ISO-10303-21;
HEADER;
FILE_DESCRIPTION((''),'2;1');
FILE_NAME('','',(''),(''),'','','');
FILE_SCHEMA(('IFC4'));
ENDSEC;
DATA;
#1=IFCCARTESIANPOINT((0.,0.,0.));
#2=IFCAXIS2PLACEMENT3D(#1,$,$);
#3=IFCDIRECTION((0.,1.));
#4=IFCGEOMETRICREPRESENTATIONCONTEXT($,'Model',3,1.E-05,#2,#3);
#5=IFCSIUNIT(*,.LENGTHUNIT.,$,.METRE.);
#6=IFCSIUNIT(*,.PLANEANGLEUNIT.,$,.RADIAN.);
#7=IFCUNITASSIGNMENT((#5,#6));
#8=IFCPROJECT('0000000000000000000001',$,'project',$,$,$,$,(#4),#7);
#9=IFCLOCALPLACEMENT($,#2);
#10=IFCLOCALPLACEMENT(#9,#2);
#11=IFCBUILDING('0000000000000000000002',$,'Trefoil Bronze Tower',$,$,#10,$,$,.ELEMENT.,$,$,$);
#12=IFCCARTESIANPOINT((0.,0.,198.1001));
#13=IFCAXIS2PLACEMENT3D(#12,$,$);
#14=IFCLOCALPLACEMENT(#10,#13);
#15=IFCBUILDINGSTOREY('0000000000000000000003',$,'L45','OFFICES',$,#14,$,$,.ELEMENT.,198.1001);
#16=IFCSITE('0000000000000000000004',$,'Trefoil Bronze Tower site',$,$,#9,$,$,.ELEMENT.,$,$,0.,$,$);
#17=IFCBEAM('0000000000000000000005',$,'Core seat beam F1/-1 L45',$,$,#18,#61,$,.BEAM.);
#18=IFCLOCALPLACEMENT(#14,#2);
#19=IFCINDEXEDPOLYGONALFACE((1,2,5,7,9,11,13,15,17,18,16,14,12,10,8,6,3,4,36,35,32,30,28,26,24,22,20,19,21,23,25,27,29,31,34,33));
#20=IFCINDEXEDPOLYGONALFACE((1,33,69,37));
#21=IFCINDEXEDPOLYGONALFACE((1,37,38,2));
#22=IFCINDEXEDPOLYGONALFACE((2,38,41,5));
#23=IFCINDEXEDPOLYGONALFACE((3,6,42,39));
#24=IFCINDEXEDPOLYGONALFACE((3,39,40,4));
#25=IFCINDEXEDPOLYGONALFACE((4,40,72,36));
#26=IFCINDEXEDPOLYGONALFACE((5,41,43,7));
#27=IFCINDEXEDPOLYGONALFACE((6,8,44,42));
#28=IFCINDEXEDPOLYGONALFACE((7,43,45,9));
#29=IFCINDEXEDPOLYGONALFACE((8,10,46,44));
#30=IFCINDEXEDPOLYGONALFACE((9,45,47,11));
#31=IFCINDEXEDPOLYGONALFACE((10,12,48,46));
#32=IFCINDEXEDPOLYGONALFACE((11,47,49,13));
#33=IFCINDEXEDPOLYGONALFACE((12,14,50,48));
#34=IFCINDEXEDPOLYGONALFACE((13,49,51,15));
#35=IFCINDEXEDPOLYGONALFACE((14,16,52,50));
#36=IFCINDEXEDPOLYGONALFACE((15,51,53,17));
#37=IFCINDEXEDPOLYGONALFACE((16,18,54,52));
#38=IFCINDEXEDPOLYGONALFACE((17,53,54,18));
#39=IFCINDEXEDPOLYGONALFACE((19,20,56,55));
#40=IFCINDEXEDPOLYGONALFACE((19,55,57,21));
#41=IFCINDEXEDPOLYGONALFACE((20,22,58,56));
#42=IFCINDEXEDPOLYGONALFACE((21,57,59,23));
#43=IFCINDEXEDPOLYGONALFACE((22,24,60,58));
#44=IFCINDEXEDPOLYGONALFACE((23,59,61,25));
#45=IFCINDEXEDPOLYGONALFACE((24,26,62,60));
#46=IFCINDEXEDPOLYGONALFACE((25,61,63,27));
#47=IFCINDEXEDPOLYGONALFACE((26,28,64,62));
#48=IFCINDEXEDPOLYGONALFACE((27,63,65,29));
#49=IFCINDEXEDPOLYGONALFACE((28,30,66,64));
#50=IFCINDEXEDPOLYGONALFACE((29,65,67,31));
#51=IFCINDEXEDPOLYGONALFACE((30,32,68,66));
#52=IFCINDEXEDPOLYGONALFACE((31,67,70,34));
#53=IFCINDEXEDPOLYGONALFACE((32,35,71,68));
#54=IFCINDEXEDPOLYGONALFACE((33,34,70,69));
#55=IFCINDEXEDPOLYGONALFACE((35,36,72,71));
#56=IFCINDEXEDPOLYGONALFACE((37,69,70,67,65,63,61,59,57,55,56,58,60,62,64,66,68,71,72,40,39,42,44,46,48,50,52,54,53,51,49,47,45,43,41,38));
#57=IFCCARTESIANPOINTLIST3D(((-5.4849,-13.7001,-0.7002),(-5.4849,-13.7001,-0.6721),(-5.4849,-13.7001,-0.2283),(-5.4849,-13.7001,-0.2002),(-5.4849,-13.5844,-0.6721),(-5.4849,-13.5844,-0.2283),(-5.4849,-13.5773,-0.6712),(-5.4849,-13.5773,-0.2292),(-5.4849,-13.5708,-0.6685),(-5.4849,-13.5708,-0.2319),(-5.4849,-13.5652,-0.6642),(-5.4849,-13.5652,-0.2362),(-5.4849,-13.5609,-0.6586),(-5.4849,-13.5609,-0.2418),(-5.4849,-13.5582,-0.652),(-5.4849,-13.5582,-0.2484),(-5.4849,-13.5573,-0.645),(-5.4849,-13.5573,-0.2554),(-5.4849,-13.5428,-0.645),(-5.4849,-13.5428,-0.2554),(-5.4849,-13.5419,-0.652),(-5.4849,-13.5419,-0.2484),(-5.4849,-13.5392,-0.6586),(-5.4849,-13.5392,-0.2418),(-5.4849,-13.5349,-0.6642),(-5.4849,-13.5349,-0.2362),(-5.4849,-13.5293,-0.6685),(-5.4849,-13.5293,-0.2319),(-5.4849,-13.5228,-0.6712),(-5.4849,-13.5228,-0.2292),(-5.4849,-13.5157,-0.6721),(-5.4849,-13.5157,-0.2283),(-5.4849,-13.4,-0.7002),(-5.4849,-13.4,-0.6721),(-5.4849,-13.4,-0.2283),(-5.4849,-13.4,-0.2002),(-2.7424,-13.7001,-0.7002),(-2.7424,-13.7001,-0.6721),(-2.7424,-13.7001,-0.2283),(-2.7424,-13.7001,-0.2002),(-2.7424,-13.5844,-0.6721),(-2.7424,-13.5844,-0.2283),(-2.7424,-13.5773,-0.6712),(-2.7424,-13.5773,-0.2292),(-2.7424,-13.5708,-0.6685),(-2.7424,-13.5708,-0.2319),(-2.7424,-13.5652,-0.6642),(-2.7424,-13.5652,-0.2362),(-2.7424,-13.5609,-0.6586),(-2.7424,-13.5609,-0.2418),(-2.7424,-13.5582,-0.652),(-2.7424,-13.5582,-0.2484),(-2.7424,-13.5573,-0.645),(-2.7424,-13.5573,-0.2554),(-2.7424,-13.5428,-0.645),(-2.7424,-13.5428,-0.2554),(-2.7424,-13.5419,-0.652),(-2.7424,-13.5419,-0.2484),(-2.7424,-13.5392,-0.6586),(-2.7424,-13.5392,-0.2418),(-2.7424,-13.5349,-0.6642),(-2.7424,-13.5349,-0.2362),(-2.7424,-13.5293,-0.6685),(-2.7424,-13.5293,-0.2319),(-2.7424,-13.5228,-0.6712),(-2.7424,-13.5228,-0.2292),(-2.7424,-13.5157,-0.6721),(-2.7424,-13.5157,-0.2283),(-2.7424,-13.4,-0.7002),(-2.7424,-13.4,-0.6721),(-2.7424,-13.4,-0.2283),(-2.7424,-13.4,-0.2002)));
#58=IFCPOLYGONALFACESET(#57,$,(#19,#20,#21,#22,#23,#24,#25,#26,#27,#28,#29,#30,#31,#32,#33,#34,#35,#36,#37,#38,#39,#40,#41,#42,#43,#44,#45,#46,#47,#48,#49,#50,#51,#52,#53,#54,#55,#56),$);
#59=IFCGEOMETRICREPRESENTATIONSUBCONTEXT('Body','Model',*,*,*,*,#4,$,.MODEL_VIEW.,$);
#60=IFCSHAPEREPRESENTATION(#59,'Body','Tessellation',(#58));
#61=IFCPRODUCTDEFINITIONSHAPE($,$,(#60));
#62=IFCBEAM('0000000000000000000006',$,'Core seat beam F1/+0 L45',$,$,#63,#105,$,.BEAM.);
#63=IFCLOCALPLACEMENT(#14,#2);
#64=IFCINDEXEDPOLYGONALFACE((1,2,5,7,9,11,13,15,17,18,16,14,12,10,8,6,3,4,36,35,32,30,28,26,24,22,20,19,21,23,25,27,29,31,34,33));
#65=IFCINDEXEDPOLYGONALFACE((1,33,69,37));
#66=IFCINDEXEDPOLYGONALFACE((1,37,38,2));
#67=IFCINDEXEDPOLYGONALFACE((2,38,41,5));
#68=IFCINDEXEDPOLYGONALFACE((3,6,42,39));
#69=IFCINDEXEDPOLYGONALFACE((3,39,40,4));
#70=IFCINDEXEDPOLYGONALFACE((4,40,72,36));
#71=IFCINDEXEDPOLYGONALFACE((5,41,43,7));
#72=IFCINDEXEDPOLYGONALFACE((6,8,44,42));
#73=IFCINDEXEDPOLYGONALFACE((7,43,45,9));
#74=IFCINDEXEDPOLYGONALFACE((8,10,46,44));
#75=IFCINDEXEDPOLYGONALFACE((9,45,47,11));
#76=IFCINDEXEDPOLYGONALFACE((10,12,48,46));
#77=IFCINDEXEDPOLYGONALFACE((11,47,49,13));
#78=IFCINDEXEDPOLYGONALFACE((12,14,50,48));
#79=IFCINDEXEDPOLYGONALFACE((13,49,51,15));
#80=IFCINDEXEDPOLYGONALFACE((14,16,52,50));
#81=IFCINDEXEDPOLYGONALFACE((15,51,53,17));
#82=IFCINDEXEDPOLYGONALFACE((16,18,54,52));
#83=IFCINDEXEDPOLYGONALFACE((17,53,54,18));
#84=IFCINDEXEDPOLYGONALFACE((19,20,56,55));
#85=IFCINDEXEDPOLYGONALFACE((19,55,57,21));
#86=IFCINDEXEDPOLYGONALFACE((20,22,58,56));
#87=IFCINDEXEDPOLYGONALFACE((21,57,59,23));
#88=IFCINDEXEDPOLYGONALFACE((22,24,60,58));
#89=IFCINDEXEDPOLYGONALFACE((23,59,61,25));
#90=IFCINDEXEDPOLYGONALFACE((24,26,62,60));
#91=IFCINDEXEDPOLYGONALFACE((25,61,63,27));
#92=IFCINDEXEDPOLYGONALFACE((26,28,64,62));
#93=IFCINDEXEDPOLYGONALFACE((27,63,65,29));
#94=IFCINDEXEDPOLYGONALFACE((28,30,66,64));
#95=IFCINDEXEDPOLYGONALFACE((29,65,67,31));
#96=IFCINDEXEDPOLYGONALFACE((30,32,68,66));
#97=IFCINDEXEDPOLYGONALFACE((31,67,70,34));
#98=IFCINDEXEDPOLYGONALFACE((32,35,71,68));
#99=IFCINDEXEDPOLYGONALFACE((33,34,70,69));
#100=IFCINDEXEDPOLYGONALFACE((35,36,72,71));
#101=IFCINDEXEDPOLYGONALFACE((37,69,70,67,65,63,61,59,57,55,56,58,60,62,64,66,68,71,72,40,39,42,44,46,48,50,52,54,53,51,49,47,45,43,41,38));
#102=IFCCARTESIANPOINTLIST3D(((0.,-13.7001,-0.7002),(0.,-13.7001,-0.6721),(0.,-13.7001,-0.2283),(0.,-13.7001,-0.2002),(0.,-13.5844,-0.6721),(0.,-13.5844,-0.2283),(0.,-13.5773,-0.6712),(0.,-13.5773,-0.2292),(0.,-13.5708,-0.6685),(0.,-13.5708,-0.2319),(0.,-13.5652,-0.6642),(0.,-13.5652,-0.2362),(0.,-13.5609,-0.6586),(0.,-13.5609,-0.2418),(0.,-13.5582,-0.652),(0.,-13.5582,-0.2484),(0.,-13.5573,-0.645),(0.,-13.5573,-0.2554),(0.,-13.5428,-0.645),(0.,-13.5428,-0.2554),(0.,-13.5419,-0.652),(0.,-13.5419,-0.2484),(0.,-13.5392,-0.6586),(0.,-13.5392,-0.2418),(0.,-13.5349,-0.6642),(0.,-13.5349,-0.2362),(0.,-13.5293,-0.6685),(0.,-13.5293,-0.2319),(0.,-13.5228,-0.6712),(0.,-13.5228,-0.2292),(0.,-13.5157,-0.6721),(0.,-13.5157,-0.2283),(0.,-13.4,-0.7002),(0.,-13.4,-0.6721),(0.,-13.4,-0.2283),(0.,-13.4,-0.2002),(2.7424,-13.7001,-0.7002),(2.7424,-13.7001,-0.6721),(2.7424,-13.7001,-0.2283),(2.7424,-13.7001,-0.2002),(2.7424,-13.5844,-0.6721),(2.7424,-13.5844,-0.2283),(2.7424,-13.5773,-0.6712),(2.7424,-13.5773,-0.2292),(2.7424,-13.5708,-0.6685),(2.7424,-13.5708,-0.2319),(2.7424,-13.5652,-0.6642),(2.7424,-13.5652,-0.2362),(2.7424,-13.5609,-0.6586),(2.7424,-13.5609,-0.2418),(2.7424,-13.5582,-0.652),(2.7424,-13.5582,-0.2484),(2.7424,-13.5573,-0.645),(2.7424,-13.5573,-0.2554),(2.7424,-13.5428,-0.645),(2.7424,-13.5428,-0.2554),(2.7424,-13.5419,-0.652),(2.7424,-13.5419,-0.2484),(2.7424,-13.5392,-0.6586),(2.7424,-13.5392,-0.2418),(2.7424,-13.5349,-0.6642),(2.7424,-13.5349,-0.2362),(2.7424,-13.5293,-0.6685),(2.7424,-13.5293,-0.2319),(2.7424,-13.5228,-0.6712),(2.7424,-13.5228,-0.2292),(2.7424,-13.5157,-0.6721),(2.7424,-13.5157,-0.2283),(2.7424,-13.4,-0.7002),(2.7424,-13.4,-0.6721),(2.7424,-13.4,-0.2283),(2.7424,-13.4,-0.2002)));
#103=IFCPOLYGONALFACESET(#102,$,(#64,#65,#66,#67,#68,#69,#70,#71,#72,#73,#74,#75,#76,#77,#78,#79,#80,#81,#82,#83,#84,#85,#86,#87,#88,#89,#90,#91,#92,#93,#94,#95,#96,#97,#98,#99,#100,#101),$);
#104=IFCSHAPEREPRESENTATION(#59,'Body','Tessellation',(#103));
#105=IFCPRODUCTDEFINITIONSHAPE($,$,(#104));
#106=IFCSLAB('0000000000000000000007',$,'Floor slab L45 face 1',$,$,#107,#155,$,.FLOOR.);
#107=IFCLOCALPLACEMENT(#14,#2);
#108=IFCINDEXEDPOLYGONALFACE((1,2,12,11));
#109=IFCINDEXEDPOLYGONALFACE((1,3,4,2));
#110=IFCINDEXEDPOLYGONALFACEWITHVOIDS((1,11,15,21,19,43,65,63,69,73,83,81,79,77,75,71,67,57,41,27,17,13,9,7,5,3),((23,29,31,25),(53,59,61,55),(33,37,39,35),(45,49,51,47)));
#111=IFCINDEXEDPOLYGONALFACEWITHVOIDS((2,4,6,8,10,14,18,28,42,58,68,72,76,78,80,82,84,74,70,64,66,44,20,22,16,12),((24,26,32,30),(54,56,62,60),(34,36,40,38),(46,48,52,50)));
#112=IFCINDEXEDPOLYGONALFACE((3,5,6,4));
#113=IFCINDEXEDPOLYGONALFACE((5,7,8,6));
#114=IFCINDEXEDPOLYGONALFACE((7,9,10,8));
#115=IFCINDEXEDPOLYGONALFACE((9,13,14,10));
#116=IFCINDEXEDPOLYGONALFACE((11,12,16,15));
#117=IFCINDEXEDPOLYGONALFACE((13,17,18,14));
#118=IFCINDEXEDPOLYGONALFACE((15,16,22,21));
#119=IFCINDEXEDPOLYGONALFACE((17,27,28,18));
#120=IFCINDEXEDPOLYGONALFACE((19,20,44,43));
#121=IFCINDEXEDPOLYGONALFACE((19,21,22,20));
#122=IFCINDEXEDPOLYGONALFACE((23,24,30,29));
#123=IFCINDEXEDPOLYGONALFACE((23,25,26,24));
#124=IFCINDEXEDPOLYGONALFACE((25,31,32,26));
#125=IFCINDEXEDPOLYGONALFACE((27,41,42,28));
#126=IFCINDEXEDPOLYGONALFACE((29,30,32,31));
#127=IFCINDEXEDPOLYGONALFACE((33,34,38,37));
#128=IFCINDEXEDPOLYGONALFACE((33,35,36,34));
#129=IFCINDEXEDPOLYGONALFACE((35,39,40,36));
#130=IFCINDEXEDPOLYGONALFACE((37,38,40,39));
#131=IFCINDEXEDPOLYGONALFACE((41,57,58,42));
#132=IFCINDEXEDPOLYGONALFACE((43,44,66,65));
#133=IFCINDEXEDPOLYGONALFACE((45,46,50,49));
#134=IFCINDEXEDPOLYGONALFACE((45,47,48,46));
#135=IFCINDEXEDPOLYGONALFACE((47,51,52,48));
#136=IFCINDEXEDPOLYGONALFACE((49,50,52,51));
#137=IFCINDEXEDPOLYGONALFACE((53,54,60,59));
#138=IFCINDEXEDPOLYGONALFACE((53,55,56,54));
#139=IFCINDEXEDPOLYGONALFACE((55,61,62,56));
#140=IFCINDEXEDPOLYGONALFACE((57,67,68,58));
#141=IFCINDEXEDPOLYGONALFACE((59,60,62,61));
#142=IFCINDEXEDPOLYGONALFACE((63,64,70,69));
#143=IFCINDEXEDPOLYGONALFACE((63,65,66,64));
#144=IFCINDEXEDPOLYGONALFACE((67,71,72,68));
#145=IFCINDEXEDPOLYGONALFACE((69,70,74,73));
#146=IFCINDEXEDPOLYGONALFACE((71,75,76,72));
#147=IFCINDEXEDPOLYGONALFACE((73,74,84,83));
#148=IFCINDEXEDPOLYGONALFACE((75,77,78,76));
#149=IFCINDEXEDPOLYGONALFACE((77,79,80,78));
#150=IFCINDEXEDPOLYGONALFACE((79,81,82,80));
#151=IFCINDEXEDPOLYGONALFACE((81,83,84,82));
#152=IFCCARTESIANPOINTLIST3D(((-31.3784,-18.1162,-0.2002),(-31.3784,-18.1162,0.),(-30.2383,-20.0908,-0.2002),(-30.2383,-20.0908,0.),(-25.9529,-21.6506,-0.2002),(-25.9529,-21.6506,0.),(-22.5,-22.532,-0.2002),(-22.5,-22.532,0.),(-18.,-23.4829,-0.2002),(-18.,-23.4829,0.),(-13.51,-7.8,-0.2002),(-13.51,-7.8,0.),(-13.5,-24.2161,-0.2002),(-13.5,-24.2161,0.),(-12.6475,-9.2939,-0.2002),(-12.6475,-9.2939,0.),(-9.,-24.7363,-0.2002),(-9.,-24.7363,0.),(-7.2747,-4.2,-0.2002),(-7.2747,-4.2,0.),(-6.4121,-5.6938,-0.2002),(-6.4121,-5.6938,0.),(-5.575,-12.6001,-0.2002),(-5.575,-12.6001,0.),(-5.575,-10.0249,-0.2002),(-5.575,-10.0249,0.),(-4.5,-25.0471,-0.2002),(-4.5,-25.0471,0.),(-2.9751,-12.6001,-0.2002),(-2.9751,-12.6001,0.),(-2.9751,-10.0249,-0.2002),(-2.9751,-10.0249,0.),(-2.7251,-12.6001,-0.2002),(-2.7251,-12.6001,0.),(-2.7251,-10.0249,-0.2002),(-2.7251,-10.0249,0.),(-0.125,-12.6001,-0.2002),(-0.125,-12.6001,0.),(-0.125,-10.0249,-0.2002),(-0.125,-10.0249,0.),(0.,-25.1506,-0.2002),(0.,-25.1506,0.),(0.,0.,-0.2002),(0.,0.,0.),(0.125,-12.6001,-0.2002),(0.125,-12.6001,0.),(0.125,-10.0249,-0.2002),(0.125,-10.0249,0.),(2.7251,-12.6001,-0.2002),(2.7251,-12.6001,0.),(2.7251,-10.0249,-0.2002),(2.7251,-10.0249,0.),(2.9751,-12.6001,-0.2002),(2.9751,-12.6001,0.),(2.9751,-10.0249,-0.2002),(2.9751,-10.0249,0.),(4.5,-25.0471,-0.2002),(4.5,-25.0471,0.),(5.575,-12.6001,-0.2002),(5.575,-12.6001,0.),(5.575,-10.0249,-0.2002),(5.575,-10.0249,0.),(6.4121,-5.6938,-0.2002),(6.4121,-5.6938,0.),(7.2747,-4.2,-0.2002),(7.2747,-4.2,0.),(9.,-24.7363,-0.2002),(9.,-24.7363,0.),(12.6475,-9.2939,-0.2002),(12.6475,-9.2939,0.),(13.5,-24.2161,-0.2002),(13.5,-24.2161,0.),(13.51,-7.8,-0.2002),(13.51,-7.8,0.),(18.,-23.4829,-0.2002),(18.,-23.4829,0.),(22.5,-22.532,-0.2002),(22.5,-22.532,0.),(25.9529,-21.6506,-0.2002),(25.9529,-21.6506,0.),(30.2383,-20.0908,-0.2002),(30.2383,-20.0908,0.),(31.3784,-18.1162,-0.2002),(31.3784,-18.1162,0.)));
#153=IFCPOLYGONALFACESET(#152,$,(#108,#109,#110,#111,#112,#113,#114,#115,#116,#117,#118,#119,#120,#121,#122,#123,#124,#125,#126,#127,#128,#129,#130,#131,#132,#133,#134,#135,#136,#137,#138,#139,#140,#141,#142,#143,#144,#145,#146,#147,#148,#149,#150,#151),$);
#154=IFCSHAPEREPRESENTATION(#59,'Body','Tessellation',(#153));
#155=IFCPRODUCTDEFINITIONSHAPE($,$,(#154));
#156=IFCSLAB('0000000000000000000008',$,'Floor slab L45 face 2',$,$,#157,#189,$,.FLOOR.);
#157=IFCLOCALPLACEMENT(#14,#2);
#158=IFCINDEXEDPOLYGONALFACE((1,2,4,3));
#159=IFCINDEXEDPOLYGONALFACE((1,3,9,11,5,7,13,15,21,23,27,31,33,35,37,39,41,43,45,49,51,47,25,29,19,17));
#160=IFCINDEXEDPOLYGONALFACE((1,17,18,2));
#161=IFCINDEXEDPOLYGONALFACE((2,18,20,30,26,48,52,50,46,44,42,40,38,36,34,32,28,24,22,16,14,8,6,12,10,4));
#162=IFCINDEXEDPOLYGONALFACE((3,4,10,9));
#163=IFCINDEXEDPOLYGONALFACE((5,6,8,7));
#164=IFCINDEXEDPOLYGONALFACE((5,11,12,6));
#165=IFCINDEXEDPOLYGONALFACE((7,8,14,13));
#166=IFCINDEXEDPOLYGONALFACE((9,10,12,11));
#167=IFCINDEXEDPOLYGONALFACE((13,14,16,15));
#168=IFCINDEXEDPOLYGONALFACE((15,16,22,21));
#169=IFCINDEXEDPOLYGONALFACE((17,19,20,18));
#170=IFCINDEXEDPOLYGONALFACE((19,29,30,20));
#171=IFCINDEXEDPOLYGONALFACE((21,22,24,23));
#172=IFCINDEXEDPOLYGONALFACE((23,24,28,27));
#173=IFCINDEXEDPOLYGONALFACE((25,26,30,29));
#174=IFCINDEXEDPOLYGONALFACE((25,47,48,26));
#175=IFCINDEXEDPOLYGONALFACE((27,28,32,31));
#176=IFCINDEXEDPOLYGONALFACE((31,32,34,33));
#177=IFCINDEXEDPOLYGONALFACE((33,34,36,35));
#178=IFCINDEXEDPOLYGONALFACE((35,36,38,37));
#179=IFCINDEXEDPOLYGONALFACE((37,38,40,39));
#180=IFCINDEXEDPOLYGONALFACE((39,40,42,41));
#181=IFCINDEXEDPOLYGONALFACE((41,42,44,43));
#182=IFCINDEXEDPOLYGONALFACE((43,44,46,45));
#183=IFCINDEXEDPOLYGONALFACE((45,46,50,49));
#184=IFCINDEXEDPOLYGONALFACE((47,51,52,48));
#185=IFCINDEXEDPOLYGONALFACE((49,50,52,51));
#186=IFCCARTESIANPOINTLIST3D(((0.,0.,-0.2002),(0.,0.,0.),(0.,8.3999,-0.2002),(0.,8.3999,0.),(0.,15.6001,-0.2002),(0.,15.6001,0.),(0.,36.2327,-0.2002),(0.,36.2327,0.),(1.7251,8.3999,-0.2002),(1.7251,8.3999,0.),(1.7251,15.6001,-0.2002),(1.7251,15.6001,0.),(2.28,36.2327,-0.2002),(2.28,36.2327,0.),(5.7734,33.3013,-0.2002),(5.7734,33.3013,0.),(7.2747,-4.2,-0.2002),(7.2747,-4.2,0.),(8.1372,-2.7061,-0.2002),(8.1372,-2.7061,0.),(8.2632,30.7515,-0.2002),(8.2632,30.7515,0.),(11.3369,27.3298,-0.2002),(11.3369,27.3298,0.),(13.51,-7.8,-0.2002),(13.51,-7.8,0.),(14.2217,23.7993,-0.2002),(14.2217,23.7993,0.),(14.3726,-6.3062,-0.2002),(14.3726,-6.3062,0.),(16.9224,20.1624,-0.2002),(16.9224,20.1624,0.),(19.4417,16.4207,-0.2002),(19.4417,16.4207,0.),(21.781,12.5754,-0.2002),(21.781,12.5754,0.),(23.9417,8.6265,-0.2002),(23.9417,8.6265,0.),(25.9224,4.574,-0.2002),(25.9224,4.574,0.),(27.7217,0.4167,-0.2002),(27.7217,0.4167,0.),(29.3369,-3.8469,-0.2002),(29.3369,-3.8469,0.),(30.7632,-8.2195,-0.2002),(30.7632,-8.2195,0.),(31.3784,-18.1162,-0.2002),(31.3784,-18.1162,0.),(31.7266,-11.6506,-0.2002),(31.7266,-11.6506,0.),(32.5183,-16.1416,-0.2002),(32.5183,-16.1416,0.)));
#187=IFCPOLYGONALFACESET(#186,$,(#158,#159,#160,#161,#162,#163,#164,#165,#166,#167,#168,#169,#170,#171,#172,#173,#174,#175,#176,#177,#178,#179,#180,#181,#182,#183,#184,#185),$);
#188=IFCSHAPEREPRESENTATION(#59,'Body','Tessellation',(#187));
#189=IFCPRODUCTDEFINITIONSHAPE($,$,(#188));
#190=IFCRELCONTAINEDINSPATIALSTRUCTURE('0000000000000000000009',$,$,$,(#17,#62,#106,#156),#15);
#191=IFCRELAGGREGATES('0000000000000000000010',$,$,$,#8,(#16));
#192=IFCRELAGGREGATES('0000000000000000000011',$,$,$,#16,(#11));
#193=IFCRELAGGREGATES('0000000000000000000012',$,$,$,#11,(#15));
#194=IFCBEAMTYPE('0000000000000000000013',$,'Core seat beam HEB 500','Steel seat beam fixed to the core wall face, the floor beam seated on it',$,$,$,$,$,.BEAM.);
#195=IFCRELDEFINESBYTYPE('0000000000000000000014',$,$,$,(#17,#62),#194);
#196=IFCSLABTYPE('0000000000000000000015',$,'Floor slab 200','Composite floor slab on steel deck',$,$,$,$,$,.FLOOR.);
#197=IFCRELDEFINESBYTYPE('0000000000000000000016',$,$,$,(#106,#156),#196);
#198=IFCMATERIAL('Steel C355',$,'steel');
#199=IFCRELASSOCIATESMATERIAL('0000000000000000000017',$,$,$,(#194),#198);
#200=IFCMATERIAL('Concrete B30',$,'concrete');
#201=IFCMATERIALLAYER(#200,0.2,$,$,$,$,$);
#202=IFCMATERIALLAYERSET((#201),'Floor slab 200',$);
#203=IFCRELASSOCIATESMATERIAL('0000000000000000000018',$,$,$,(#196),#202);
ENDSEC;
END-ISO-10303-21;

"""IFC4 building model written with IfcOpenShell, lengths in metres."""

from ifc_helpers import new_model, si_unit, direction, frame, origin, origin_2d, place, context, subcontext, project, spatial, polyline, i_section, outline, extrude, material, layer, layer_set, material_profile, profile_set, type_object, element, save


model = new_model("IFC4")

# Units and contexts
model_context = context("Model", 3, precision=1e-05, world=origin(), true_north=direction((0.0, 1.0)))
body_context = subcontext(model_context, "Body", "Model", "MODEL_VIEW")
ifc_project = project(units=[si_unit("LENGTHUNIT", "METRE"), si_unit("PLANEANGLEUNIT", "RADIAN")], contexts=[model_context])

# Site, building, storey
site_placement = place(None, origin())
site = spatial("IfcSite", under=ifc_project, at=site_placement, Name="Trefoil Bronze Tower site", CompositionType="ELEMENT", RefElevation=0.0)
building_placement = place(site_placement, origin())
building = spatial("IfcBuilding", under=site, at=building_placement, Name="Trefoil Bronze Tower", CompositionType="ELEMENT")
storey_placement = place(building_placement, frame((0.0, 0.0, 198.1001)))
storey = spatial("IfcBuildingStorey", under=building, at=storey_placement, Name="L45", Description="OFFICES", CompositionType="ELEMENT", Elevation=198.1001)

# Beams
ifc_material_1 = material(Name="Steel C355", Category="steel")
ifc_material_profile = material_profile(ifc_material_1, i_section(OverallWidth=0.3, OverallDepth=0.5, WebThickness=0.0144, FlangeThickness=0.0281, FilletRadius=0.0271, at=origin_2d()), Name="HEB 500")
ifc_profile_set = profile_set([ifc_material_profile], Name="Steel C355")
beam_type = type_object("IfcBeamType", Name="Core seat beam HEB 500", Description="Steel seat beam fixed to the core wall face, the floor beam seated on it", PredefinedType="BEAM", material=ifc_profile_set)
for number, where, z_axis, x_axis, name in (
    (1, (-5.4849, -13.55, -0.4502), (1.0, 0.0, 0.0), (0.0, 1.0, 0.0), "Core seat beam F1/-1 L45"),
    (2, (0.0, -13.55, -0.4502), (1.0, 0.0, 0.0), (0.0, 1.0, 0.0), "Core seat beam F1/+0 L45"),
):
    element("IfcBeam", number, at=place(storey_placement, frame(where, z_axis=z_axis, x_axis=x_axis)), inside=storey, type_object=beam_type, Name=name, PredefinedType="BEAM", context=body_context, shape_type="SweptSolid", body=[
        extrude(i_section(OverallWidth=0.3, OverallDepth=0.5, WebThickness=0.0144, FlangeThickness=0.0281, FilletRadius=0.0271, at=origin_2d()), origin(), (0.0, 0.0, 1.0), 2.7424),
    ])

# Slabs
ifc_material_2 = material(Name="Concrete B30", Category="concrete")
ifc_layer_1 = layer(ifc_material_2, 0.2)
ifc_layer_set_1 = layer_set([ifc_layer_1], Name="Floor slab 200")
slab_type = type_object("IfcSlabType", Name="Floor slab 200", Description="Composite floor slab on steel deck", PredefinedType="FLOOR", material=ifc_layer_set_1)
slab_1_placement = place(storey_placement, frame((0.0, 0.0, -0.2002)))
element("IfcSlab", 3, at=slab_1_placement, inside=storey, type_object=slab_type, Name="Floor slab L45 face 1", PredefinedType="FLOOR", context=body_context, shape_type="SweptSolid", body=[
    extrude(outline(polyline([(18.0, -23.4829), (13.5, -24.2161), (9.0, -24.7363), (4.5, -25.0471), (0.0, -25.1506), (-4.5, -25.0471), (-9.0, -24.7363), (-13.5, -24.2161), (-18.0, -23.4829), (-22.5, -22.532), (-25.9529, -21.6506), (-30.2383, -20.0908), (-31.3784, -18.1162), (-13.51, -7.8), (-12.6475, -9.2939), (-6.4121, -5.6938), (-7.2747, -4.2), (0.0, 0.0), (7.2747, -4.2), (6.4121, -5.6938), (12.6475, -9.2939), (13.51, -7.8), (31.3784, -18.1162), (30.2383, -20.0908), (25.9529, -21.6506), (22.5, -22.532), (18.0, -23.4829)]), holes=[polyline([(-5.575, -10.0249), (-2.9751, -10.0249), (-2.9751, -12.6001), (-5.575, -12.6001), (-5.575, -10.0249)]), polyline([(-2.7251, -10.0249), (-0.125, -10.0249), (-0.125, -12.6001), (-2.7251, -12.6001), (-2.7251, -10.0249)]), polyline([(0.125, -10.0249), (2.7251, -10.0249), (2.7251, -12.6001), (0.125, -12.6001), (0.125, -10.0249)]), polyline([(2.9751, -10.0249), (5.575, -10.0249), (5.575, -12.6001), (2.9751, -12.6001), (2.9751, -10.0249)])]), origin(), (0.0, 0.0, 1.0), 0.2002),
])
slab_2_placement = place(storey_placement, frame((0.0, 0.0, -0.2002)))
element("IfcSlab", 4, at=slab_2_placement, inside=storey, type_object=slab_type, Name="Floor slab L45 face 2", PredefinedType="FLOOR", context=body_context, shape_type="SweptSolid", body=[
    extrude(outline(polyline([(11.3369, 27.3298), (14.2217, 23.7993), (16.9224, 20.1624), (19.4417, 16.4207), (21.781, 12.5754), (23.9417, 8.6265), (25.9224, 4.574), (27.7217, 0.4167), (29.3369, -3.8469), (30.7632, -8.2195), (31.7266, -11.6506), (32.5183, -16.1416), (31.3784, -18.1162), (13.51, -7.8), (14.3726, -6.3062), (8.1372, -2.7061), (7.2747, -4.2), (0.0, 0.0), (0.0, 8.3999), (1.7251, 8.3999), (1.7251, 15.6001), (0.0, 15.6001), (0.0, 36.2327), (2.28, 36.2327), (5.7734, 33.3013), (8.2632, 30.7515), (11.3369, 27.3298)])), origin(), (0.0, 0.0, 1.0), 0.2002),
])

save(model, "model.ifc")
